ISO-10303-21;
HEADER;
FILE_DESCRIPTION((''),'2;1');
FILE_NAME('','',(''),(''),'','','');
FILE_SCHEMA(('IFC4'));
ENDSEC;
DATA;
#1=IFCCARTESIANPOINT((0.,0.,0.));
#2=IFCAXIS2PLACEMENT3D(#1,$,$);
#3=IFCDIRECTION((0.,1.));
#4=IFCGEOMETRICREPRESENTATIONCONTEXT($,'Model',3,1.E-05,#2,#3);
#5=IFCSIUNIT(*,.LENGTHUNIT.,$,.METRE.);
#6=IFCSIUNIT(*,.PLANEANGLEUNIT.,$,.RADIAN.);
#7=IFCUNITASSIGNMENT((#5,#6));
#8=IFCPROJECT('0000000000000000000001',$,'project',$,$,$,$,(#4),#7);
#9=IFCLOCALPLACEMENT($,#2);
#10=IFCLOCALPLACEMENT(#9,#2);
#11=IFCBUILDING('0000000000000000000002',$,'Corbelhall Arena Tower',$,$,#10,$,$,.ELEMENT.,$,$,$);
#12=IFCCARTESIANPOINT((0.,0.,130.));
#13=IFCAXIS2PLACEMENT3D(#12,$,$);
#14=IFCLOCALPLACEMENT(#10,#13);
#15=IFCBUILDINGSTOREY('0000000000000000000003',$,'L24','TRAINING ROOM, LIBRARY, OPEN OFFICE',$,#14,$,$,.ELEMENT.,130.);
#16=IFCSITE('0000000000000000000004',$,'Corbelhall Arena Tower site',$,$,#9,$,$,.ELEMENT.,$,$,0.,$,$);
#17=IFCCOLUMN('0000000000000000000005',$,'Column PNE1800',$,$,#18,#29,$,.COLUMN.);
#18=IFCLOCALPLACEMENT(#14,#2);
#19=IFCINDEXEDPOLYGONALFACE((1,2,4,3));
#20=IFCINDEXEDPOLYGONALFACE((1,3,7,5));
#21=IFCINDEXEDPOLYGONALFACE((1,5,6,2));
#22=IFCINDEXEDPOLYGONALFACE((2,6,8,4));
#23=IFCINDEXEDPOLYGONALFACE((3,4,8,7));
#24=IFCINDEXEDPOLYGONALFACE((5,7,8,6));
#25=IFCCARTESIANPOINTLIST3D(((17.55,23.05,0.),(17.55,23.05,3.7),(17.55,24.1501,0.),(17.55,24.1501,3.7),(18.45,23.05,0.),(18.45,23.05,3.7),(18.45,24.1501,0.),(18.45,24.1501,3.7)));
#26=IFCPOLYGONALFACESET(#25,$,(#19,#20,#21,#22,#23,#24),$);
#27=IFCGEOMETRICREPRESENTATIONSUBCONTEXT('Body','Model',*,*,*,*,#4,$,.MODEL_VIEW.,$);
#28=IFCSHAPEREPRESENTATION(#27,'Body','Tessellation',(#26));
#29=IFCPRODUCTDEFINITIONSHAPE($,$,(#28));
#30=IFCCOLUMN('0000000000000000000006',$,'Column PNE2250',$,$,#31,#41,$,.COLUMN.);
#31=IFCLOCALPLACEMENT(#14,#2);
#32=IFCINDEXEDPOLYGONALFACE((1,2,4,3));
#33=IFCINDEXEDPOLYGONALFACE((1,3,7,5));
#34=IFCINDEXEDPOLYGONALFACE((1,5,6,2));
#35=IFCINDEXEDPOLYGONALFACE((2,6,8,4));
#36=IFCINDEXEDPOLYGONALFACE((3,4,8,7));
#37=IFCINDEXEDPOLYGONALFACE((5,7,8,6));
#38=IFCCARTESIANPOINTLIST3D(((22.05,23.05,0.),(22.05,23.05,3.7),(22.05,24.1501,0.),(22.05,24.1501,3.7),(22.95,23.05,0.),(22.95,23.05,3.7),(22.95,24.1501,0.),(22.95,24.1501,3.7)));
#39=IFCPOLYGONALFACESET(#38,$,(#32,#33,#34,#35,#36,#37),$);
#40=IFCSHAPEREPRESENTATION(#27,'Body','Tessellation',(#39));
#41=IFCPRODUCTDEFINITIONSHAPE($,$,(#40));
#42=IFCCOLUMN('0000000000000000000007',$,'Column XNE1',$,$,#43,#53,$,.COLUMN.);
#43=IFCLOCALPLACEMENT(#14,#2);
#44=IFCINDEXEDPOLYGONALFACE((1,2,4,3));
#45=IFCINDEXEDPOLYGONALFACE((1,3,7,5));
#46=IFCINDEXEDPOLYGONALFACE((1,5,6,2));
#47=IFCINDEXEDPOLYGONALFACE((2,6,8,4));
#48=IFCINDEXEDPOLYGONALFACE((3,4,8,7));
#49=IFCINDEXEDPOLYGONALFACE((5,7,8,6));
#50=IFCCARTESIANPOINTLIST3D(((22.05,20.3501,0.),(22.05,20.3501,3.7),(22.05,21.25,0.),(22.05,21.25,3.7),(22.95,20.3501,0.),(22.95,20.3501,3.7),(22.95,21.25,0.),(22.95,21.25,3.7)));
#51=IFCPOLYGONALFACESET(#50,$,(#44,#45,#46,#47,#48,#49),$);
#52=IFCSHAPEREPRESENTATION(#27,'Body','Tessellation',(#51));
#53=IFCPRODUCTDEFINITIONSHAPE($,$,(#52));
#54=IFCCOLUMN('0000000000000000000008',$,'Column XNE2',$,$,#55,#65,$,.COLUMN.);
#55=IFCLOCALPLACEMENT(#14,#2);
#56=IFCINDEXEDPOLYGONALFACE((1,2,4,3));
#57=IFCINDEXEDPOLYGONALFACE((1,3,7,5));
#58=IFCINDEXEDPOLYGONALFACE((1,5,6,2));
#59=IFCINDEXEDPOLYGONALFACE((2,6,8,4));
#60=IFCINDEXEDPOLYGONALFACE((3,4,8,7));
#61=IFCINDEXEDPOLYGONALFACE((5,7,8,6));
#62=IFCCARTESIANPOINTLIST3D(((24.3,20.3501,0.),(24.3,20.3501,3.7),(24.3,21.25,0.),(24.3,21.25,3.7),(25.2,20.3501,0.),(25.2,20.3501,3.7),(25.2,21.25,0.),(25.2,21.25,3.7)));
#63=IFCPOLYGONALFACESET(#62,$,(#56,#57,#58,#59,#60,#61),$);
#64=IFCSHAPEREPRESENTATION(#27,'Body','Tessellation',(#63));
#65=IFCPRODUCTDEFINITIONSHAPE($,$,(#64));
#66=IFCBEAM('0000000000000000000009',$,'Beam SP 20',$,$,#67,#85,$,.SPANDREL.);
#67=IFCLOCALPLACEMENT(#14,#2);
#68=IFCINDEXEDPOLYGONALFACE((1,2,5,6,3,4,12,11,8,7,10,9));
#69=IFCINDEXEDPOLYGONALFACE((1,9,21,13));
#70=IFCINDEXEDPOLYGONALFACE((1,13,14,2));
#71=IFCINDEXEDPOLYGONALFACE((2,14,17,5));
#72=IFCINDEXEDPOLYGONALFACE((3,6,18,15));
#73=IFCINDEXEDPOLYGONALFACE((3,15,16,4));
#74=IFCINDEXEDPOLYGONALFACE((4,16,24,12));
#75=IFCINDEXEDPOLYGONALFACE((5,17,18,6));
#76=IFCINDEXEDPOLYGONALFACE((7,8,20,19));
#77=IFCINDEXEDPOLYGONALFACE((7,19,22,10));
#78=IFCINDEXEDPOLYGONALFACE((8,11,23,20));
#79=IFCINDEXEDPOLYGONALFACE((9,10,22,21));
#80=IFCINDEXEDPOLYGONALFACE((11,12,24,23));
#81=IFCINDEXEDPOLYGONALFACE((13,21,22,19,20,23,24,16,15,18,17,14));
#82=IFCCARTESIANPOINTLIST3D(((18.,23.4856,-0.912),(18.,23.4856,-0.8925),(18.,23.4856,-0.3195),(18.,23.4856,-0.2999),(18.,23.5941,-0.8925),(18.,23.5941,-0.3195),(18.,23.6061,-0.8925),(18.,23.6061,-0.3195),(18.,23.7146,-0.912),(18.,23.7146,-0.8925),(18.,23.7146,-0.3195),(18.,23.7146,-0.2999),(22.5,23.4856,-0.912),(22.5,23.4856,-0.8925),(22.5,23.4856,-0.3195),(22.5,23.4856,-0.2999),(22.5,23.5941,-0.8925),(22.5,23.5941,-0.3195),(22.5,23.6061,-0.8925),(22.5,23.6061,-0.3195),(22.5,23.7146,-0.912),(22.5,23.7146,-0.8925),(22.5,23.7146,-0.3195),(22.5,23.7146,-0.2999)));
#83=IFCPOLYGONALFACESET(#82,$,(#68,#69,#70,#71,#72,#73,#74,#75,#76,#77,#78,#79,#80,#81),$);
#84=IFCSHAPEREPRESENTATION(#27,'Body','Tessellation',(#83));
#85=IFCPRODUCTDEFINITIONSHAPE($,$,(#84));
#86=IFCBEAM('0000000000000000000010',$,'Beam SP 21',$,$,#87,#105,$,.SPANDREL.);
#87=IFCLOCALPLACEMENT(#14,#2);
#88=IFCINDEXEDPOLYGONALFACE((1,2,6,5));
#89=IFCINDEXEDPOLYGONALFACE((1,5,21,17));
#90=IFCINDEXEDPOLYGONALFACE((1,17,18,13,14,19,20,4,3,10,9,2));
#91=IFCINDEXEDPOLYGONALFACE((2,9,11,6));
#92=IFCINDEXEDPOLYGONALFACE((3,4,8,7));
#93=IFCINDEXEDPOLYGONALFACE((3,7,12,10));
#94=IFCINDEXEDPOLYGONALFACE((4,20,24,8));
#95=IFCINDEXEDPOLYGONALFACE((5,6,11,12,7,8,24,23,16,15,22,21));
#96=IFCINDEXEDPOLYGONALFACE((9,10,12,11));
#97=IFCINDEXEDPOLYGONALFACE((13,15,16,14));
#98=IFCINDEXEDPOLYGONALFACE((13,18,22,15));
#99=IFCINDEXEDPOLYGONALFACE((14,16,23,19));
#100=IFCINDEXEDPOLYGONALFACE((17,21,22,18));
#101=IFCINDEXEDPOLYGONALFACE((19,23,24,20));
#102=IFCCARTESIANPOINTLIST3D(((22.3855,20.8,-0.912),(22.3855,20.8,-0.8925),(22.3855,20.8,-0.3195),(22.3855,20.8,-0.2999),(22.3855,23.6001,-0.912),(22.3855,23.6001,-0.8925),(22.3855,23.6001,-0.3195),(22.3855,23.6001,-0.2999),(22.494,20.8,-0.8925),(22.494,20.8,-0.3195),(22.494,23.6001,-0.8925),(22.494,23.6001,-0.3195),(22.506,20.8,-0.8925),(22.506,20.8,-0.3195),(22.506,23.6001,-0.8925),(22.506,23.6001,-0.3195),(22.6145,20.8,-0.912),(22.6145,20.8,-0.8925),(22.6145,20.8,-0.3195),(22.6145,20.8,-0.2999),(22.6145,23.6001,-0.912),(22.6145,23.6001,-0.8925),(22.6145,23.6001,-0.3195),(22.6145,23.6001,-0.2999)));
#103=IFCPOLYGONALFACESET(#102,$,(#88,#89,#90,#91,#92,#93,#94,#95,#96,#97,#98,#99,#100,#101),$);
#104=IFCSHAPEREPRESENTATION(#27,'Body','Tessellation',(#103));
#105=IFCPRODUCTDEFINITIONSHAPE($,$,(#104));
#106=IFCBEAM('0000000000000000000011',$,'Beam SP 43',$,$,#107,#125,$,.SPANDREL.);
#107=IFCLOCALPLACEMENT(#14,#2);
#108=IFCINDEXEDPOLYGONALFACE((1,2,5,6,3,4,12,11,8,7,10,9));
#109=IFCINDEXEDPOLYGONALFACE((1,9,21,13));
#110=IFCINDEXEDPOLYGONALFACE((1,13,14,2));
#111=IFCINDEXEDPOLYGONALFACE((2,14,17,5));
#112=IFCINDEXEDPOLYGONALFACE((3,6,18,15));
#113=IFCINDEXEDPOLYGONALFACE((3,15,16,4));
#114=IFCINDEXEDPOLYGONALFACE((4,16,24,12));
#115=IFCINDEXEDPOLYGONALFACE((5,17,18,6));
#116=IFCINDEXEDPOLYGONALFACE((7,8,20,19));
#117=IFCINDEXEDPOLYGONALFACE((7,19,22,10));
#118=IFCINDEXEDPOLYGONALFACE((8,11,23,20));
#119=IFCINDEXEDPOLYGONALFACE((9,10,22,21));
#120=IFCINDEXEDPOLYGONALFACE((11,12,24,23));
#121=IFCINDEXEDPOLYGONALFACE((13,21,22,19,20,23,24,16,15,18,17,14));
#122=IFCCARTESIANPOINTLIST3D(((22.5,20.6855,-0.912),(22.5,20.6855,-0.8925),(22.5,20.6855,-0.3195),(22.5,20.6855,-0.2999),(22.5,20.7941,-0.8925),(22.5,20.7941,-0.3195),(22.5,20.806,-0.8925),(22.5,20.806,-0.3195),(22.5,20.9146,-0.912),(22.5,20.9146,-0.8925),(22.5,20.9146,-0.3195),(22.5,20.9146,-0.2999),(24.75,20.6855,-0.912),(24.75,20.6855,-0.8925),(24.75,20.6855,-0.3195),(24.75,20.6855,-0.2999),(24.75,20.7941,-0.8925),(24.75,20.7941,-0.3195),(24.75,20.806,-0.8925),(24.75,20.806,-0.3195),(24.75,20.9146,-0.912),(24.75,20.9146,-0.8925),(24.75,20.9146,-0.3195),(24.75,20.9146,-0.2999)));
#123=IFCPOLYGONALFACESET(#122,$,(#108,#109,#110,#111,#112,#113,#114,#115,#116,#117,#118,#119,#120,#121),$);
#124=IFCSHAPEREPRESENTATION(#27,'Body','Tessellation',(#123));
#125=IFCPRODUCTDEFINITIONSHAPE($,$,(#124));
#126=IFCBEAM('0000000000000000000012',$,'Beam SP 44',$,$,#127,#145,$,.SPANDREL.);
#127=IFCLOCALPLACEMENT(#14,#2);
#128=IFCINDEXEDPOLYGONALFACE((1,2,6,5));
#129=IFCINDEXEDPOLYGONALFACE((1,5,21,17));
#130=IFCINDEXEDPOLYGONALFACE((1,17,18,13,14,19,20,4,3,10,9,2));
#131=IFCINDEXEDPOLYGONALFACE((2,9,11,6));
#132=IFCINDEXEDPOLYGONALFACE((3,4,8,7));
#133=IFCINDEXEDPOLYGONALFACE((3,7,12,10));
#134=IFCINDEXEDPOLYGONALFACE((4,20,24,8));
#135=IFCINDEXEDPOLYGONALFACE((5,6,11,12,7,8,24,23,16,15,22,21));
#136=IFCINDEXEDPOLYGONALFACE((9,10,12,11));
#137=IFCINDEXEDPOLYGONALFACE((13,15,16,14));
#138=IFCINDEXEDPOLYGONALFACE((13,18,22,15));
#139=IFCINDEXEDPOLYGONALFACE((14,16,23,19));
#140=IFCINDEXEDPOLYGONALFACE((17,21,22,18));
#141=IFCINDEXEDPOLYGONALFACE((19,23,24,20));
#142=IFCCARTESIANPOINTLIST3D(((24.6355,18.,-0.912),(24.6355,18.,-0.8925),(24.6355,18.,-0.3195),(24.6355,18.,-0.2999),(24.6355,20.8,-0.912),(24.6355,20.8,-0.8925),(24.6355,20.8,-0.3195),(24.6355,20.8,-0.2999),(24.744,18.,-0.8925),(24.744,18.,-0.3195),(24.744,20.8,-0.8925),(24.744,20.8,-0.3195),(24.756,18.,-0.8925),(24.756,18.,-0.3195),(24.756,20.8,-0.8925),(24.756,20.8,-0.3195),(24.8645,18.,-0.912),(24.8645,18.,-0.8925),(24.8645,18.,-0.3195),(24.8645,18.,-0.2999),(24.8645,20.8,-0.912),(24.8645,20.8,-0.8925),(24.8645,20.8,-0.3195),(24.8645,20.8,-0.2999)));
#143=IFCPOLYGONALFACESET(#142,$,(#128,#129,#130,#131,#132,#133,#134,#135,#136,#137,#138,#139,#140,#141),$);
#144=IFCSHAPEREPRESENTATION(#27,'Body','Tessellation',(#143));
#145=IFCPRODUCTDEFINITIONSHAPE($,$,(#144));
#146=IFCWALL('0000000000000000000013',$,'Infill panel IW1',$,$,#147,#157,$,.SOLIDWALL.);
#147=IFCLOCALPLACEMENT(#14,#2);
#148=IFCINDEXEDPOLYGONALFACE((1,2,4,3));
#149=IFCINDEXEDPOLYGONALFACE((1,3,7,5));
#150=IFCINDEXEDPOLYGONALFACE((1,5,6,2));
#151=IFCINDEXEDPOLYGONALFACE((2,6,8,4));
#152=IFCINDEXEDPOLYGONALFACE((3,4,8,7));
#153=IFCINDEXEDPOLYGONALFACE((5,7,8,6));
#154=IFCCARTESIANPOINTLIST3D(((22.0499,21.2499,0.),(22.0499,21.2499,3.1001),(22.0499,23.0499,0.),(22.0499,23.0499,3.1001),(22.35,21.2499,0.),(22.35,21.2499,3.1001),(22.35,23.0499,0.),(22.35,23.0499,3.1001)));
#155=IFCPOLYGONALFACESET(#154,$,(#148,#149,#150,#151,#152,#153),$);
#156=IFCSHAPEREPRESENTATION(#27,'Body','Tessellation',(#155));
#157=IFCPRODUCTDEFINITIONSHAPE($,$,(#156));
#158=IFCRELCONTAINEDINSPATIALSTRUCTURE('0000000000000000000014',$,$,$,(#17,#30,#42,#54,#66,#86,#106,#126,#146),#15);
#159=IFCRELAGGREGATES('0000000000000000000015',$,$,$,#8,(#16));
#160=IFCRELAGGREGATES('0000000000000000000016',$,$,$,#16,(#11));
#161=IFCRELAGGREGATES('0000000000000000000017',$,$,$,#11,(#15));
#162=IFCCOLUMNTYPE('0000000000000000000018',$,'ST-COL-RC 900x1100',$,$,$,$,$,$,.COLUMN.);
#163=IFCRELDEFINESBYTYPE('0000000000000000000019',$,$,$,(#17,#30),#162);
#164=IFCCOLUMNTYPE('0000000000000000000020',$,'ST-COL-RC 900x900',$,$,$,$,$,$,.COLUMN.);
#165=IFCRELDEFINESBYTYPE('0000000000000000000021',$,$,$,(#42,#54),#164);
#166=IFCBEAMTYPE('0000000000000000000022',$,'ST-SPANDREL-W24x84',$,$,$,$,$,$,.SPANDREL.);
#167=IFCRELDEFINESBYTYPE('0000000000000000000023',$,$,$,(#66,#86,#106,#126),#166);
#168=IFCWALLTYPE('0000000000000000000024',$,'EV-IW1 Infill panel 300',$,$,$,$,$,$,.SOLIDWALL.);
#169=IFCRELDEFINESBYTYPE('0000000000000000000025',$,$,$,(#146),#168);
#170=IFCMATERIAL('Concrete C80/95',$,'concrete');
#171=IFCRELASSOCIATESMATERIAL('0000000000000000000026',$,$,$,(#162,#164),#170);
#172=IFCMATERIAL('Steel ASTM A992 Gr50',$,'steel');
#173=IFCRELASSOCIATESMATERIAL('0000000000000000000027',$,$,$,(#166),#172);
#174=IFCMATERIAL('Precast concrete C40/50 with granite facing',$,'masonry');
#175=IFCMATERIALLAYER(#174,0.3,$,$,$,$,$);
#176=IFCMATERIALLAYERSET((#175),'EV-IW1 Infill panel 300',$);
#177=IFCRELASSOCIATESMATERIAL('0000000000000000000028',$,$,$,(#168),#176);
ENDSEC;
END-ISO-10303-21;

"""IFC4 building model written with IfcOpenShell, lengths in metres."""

from ifc_helpers import new_model, si_unit, direction, frame, frame_2d, origin, origin_2d, place, context, subcontext, project, spatial, rectangle, i_section, extrude, material, layer, layer_set, material_profile, profile_set, type_object, element, save


model = new_model("IFC4")

# Units and contexts
model_context = context("Model", 3, precision=1e-05, world=origin(), true_north=direction((0.0, 1.0)))
body_context = subcontext(model_context, "Body", "Model", "MODEL_VIEW")
ifc_project = project(units=[si_unit("LENGTHUNIT", "METRE"), si_unit("PLANEANGLEUNIT", "RADIAN")], contexts=[model_context])

# Site, building, storey
site_placement = place(None, origin())
site = spatial("IfcSite", under=ifc_project, at=site_placement, Name="Corbelhall Arena Tower site", CompositionType="ELEMENT", RefElevation=0.0)
building_placement = place(site_placement, origin())
building = spatial("IfcBuilding", under=site, at=building_placement, Name="Corbelhall Arena Tower", CompositionType="ELEMENT")
storey_placement = place(building_placement, frame((0.0, 0.0, 130.0)))
storey = spatial("IfcBuildingStorey", under=building, at=storey_placement, Name="L24", Description="TRAINING ROOM, LIBRARY, OPEN OFFICE", CompositionType="ELEMENT", Elevation=130.0)

# Columns
ifc_material_1 = material(Name="Concrete C80/95", Category="concrete")
ifc_material_profile_1 = material_profile(ifc_material_1, rectangle(XDim=0.8999, YDim=1.1001, at=origin_2d()))
ifc_profile_set_1 = profile_set([ifc_material_profile_1], Name="Concrete C80/95")
column_type_1 = type_object("IfcColumnType", Name="ST-COL-RC 900x1100", PredefinedType="COLUMN", material=ifc_profile_set_1)
for number, where, z_axis, x_axis, name in (
    (1, (18.0, 23.6001, 0.0), (0.0, 0.0, 1.0), (1.0, 0.0, 0.0), "Column PNE1800"),
    (2, (22.5, 23.6001, 0.0), (0.0, 0.0, 1.0), (1.0, 0.0, 0.0), "Column PNE2250"),
):
    element("IfcColumn", number, at=place(storey_placement, frame(where, z_axis=z_axis, x_axis=x_axis)), inside=storey, type_object=column_type_1, Name=name, PredefinedType="COLUMN", context=body_context, shape_type="SweptSolid", body=[
        extrude(rectangle(XDim=0.8999, YDim=1.1001, at=origin_2d()), origin(), (0.0, 0.0, 1.0), 3.7),
    ])
ifc_material_profile_2 = material_profile(ifc_material_1, rectangle(XDim=0.8999, YDim=0.8999, at=origin_2d()))
ifc_profile_set_2 = profile_set([ifc_material_profile_2], Name="Concrete C80/95")
column_type_2 = type_object("IfcColumnType", Name="ST-COL-RC 900x900", PredefinedType="COLUMN", material=ifc_profile_set_2)
for number, where, z_axis, x_axis, name in (
    (3, (22.5, 20.8, 0.0), (0.0, 0.0, 1.0), (1.0, 0.0, 0.0), "Column XNE1"),
    (4, (24.75, 20.8, 0.0), (0.0, 0.0, 1.0), (1.0, 0.0, 0.0), "Column XNE2"),
):
    element("IfcColumn", number, at=place(storey_placement, frame(where, z_axis=z_axis, x_axis=x_axis)), inside=storey, type_object=column_type_2, Name=name, PredefinedType="COLUMN", context=body_context, shape_type="SweptSolid", body=[
        extrude(rectangle(XDim=0.8999, YDim=0.8999, at=origin_2d()), origin(), (0.0, 0.0, 1.0), 3.7),
    ])

# Beams
ifc_material_2 = material(Name="Steel ASTM A992 Gr50", Category="steel")
ifc_material_profile_3 = material_profile(ifc_material_2, i_section(OverallWidth=0.229, OverallDepth=0.6121, WebThickness=0.012, FlangeThickness=0.0195, at=origin_2d()))
ifc_profile_set_3 = profile_set([ifc_material_profile_3], Name="Steel ASTM A992 Gr50")
beam_type = type_object("IfcBeamType", Name="ST-SPANDREL-W24x84", PredefinedType="SPANDREL", material=ifc_profile_set_3)
beam_1_placement = place(storey_placement, frame((18.0, 23.6001, -0.606), z_axis=(1.0, 0.0, 0.0), x_axis=(0.0, 1.0, 0.0)))
element("IfcBeam", 5, at=beam_1_placement, inside=storey, type_object=beam_type, Name="Beam SP 20", PredefinedType="SPANDREL", context=body_context, shape_type="SweptSolid", body=[
    extrude(i_section(OverallWidth=0.229, OverallDepth=0.6121, WebThickness=0.012, FlangeThickness=0.0195, at=origin_2d()), origin(), (0.0, 0.0, 1.0), 4.5),
])
beam_2_placement = place(storey_placement, frame((22.5, 23.6001, -0.606), z_axis=(0.0, -1.0, 0.0), x_axis=(1.0, 0.0, 0.0)))
element("IfcBeam", 6, at=beam_2_placement, inside=storey, type_object=beam_type, Name="Beam SP 21", PredefinedType="SPANDREL", context=body_context, shape_type="SweptSolid", body=[
    extrude(i_section(OverallWidth=0.229, OverallDepth=0.6121, WebThickness=0.012, FlangeThickness=0.0195, at=origin_2d()), origin(), (0.0, 0.0, 1.0), 2.8),
])
beam_3_placement = place(storey_placement, frame((22.5, 20.8, -0.606), z_axis=(1.0, 0.0, 0.0), x_axis=(0.0, 1.0, 0.0)))
element("IfcBeam", 7, at=beam_3_placement, inside=storey, type_object=beam_type, Name="Beam SP 43", PredefinedType="SPANDREL", context=body_context, shape_type="SweptSolid", body=[
    extrude(i_section(OverallWidth=0.229, OverallDepth=0.6121, WebThickness=0.012, FlangeThickness=0.0195, at=origin_2d()), origin(), (0.0, 0.0, 1.0), 2.25),
])
beam_4_placement = place(storey_placement, frame((24.75, 20.8, -0.606), z_axis=(0.0, -1.0, 0.0), x_axis=(1.0, 0.0, 0.0)))
element("IfcBeam", 8, at=beam_4_placement, inside=storey, type_object=beam_type, Name="Beam SP 44", PredefinedType="SPANDREL", context=body_context, shape_type="SweptSolid", body=[
    extrude(i_section(OverallWidth=0.229, OverallDepth=0.6121, WebThickness=0.012, FlangeThickness=0.0195, at=origin_2d()), origin(), (0.0, 0.0, 1.0), 2.8),
])

# Wall
ifc_material_3 = material(Name="Precast concrete C40/50 with granite facing", Category="masonry")
ifc_layer_1 = layer(ifc_material_3, 0.3)
ifc_layer_set_1 = layer_set([ifc_layer_1], Name="EV-IW1 Infill panel 300")
wall_type_1 = type_object("IfcWallType", Name="EV-IW1 Infill panel 300", PredefinedType="SOLIDWALL", material=ifc_layer_set_1)
wall_1_placement = place(storey_placement, frame((22.2, 21.25, 0.0), z_axis=(0.0, 0.0, 1.0), x_axis=(0.0, 1.0, 0.0)))
element("IfcWall", 9, at=wall_1_placement, inside=storey, type_object=wall_type_1, Name="Infill panel IW1", PredefinedType="SOLIDWALL", context=body_context, shape_type="SweptSolid", body=[
    extrude(rectangle(XDim=1.8, YDim=0.3, at=frame_2d((0.8999, 0.0))), origin(), (0.0, 0.0, 1.0), 3.1001),
])

save(model, "model.ifc")
